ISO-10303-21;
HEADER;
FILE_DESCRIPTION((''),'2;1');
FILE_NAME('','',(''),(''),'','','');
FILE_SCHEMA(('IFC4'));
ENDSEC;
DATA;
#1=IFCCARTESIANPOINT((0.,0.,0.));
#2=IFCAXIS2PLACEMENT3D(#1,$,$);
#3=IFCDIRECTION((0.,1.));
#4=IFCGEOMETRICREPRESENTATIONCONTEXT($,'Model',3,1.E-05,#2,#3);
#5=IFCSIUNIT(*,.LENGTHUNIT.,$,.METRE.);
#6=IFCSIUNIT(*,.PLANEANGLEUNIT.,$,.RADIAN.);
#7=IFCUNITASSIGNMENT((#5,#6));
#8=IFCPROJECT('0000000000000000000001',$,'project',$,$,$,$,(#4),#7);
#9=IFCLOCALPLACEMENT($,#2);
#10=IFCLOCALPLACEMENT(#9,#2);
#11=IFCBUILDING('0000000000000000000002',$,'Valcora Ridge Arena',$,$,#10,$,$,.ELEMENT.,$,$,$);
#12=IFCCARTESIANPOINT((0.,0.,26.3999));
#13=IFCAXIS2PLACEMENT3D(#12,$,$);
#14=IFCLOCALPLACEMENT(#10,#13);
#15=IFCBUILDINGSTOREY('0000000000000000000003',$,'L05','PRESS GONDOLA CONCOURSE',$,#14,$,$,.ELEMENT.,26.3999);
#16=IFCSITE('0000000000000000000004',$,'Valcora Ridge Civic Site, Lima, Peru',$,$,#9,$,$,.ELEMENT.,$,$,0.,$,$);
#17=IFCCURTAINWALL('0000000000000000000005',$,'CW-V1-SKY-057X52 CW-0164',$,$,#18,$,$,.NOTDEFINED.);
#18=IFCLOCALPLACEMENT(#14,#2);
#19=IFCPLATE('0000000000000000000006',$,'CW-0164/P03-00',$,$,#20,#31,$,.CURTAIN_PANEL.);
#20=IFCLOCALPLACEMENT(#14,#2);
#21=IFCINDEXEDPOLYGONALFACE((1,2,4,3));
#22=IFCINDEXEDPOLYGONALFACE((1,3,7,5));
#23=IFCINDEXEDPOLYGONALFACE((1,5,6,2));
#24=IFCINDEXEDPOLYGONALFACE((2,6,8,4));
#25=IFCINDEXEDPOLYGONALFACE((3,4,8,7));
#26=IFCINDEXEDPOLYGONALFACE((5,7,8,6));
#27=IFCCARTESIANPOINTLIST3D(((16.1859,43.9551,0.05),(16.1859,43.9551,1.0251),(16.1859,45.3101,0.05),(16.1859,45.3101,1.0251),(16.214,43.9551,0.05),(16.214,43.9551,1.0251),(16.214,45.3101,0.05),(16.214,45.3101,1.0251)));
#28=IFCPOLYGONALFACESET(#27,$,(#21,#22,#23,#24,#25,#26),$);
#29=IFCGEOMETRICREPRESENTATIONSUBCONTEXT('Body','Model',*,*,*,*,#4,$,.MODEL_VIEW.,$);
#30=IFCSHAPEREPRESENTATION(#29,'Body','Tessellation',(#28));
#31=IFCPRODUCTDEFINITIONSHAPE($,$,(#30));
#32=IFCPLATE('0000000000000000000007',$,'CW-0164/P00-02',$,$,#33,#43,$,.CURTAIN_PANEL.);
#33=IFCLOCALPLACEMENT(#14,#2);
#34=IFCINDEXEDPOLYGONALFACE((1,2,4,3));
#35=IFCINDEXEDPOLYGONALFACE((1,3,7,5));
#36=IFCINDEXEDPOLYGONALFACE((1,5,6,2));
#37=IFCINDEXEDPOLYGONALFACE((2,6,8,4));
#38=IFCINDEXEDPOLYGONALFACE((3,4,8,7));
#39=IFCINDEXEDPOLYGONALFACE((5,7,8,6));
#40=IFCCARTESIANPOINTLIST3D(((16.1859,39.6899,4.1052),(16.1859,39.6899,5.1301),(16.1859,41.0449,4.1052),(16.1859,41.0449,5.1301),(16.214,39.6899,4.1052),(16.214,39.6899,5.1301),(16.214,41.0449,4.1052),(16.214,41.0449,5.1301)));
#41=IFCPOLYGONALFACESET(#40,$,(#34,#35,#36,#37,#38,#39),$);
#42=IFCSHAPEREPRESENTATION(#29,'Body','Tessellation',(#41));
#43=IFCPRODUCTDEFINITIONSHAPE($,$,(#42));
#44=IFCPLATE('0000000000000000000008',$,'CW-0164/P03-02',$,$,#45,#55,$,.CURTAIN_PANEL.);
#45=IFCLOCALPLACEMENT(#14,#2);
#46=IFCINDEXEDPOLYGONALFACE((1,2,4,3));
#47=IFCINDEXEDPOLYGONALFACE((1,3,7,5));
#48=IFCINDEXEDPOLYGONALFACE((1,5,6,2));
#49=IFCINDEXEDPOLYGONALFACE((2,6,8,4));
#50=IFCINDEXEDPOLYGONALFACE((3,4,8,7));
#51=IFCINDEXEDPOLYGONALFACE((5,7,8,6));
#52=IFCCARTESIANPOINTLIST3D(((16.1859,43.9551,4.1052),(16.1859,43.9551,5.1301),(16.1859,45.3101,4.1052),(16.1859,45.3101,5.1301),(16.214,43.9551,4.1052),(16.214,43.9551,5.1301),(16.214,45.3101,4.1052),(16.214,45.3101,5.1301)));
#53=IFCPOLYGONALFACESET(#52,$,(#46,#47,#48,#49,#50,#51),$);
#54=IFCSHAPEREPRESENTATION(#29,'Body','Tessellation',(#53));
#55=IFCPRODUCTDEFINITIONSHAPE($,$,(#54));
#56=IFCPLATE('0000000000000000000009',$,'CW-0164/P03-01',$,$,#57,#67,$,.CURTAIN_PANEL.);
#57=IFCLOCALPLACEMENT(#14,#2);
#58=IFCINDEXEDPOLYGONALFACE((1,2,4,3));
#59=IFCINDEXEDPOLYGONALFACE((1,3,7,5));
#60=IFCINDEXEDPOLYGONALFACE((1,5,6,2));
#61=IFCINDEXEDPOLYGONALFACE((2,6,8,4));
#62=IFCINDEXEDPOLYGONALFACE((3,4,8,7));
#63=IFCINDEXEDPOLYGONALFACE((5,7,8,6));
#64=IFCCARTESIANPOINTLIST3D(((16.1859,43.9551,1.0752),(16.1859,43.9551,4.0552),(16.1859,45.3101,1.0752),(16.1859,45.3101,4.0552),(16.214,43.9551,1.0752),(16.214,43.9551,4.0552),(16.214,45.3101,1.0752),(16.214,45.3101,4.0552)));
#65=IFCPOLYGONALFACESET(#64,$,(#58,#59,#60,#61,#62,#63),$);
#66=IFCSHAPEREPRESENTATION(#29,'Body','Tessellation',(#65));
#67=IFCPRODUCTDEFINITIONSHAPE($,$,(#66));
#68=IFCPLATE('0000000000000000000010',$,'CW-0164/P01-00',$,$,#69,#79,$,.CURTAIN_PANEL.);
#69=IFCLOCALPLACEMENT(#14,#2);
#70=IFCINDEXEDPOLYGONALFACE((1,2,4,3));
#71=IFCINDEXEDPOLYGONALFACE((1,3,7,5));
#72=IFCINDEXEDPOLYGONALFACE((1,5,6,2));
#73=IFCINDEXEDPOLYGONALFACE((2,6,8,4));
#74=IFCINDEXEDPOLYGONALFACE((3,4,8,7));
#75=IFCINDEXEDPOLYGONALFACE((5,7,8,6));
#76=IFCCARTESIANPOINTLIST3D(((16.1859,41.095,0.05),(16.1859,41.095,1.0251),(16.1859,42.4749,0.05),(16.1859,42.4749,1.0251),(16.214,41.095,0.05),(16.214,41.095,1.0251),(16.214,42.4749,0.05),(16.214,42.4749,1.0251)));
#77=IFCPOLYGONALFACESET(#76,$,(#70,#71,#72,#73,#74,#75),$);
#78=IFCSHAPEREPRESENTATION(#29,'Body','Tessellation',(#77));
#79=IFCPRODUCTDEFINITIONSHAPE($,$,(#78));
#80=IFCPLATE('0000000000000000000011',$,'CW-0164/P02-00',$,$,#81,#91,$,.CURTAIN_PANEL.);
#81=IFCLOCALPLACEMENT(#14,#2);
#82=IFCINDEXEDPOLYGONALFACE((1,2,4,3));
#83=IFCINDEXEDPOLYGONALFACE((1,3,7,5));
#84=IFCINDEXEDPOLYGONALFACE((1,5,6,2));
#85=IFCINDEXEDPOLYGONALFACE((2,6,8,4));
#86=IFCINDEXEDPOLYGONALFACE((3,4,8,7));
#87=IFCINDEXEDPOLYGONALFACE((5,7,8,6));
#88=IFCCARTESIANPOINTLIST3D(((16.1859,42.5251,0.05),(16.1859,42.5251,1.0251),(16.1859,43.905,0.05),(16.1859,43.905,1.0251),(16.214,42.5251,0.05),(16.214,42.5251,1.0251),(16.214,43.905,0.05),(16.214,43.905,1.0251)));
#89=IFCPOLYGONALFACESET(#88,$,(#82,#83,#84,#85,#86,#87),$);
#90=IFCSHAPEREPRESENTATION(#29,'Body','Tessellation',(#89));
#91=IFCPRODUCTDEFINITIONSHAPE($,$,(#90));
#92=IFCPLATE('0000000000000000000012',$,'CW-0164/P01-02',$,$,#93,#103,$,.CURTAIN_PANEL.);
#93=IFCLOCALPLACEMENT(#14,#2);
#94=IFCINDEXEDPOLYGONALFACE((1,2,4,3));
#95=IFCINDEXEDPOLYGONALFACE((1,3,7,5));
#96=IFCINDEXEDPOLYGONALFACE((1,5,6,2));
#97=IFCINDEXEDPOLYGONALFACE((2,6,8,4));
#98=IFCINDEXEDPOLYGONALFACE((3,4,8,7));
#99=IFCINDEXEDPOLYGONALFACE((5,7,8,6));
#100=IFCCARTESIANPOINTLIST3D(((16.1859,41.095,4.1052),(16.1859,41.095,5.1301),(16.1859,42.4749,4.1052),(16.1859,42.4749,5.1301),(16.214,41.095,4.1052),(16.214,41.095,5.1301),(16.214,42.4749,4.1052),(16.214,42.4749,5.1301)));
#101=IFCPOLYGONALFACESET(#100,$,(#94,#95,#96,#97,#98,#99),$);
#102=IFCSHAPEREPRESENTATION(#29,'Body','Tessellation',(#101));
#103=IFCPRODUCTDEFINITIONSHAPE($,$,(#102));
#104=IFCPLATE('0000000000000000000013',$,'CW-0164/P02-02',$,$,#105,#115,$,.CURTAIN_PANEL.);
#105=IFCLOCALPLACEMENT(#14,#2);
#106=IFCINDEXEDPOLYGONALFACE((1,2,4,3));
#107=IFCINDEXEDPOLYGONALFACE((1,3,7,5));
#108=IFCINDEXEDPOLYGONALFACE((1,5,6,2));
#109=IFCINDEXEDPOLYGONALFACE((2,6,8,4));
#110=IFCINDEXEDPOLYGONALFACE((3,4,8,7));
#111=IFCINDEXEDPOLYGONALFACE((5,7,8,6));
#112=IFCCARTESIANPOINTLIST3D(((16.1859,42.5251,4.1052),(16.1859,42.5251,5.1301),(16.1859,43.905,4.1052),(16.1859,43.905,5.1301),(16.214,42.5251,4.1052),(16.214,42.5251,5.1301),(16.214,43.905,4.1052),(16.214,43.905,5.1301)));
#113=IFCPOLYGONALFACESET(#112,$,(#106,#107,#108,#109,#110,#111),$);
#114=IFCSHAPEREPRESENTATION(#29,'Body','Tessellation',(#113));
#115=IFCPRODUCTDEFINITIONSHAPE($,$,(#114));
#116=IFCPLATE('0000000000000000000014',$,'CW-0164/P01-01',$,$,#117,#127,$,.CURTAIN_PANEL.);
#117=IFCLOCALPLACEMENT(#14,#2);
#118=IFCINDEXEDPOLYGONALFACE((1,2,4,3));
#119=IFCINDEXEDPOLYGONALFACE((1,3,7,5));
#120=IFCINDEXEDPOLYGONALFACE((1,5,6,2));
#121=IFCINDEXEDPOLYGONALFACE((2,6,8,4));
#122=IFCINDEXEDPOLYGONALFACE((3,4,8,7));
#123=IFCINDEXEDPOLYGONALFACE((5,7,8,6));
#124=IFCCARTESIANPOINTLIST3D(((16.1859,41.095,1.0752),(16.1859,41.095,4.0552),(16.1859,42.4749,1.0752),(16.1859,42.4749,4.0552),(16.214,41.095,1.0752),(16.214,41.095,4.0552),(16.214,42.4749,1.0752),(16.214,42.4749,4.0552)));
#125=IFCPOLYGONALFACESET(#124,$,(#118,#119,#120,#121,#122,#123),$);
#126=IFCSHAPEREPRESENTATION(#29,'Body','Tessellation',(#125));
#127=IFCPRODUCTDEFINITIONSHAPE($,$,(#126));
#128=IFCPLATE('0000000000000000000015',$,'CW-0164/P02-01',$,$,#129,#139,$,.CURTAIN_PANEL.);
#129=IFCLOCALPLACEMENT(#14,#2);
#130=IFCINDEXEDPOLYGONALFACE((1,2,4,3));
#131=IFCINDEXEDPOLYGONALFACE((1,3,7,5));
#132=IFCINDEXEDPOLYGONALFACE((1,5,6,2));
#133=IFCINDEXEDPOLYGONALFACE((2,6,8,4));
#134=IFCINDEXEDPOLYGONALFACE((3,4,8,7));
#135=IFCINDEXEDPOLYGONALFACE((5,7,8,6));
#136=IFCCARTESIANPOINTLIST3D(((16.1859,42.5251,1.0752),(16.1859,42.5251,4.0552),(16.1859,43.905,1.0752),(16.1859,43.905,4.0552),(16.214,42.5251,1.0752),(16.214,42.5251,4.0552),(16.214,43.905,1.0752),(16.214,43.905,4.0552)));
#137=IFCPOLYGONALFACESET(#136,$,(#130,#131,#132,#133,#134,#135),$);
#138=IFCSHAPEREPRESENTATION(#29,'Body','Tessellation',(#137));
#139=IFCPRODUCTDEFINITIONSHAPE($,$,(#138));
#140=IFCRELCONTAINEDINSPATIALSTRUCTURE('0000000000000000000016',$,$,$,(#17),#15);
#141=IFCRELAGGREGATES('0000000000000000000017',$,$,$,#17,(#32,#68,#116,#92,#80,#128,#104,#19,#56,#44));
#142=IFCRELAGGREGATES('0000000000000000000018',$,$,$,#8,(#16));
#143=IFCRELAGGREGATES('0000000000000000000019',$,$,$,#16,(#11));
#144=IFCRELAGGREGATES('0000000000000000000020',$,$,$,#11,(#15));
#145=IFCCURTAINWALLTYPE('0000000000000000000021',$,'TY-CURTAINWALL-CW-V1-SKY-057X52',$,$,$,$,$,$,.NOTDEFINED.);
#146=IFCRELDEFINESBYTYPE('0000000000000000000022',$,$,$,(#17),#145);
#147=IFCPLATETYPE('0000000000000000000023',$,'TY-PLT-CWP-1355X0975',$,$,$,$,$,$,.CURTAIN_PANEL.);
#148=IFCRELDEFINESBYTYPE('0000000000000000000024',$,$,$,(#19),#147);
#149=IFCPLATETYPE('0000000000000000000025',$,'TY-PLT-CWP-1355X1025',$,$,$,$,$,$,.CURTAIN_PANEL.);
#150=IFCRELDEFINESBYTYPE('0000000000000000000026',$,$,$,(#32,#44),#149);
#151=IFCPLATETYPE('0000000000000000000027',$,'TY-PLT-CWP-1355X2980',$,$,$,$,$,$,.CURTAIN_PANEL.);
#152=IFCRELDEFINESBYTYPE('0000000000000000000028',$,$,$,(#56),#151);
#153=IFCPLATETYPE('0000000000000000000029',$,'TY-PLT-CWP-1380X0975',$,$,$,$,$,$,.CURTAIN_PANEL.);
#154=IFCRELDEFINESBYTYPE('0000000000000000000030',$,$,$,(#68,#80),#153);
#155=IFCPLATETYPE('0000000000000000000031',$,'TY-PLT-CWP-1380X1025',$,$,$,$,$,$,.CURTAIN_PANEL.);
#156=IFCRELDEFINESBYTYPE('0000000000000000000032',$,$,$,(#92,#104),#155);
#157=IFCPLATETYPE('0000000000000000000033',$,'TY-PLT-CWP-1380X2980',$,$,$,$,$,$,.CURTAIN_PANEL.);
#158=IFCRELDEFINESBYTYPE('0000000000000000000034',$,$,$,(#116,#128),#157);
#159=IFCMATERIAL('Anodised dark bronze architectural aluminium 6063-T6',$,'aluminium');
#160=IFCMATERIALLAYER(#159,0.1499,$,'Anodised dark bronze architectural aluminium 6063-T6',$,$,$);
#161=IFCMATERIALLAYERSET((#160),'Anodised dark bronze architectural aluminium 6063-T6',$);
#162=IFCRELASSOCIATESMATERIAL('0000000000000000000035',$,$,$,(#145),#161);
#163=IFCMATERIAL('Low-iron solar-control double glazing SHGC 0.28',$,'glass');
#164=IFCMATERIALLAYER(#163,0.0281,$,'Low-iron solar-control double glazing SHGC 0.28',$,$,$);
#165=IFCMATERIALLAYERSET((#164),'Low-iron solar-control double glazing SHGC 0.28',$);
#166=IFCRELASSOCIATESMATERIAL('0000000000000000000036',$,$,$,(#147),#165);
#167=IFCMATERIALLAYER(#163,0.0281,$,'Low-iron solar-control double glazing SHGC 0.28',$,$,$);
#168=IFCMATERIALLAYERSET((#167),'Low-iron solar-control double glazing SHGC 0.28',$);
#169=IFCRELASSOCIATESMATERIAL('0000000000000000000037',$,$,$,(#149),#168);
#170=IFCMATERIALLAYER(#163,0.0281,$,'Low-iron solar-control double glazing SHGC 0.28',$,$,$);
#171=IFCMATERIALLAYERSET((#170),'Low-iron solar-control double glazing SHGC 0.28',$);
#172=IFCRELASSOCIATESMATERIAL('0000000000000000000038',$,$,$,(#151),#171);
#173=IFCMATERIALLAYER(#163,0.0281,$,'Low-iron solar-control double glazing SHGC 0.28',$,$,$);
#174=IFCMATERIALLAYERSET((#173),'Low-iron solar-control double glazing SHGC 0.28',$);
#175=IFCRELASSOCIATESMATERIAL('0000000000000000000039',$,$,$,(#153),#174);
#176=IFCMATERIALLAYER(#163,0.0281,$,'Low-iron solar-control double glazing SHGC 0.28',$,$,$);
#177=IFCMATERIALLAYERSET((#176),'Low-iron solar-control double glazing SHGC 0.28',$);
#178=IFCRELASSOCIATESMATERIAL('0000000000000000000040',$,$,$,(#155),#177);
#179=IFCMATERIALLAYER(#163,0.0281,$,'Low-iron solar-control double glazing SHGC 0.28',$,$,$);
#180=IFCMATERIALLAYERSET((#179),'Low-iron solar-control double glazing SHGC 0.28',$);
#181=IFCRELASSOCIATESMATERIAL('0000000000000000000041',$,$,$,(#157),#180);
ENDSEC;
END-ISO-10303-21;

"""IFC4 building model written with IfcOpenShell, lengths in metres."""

from ifc_helpers import new_model, si_unit, direction, frame, origin, origin_2d, place, context, subcontext, project, spatial, rectangle, extrude, material, layer, layer_set, type_object, element, aggregate, save


model = new_model("IFC4")

# Units and contexts
model_context = context("Model", 3, precision=1e-05, world=origin(), true_north=direction((0.0, 1.0)))
body_context = subcontext(model_context, "Body", "Model", "MODEL_VIEW")
ifc_project = project(units=[si_unit("LENGTHUNIT", "METRE"), si_unit("PLANEANGLEUNIT", "RADIAN")], contexts=[model_context])

# Site, building, storey
site_placement = place(None, origin())
site = spatial("IfcSite", under=ifc_project, at=site_placement, Name="Valcora Ridge Civic Site, Lima, Peru", CompositionType="ELEMENT", RefElevation=0.0)
building_placement = place(site_placement, origin())
building = spatial("IfcBuilding", under=site, at=building_placement, Name="Valcora Ridge Arena", CompositionType="ELEMENT")
storey_placement = place(building_placement, frame((0.0, 0.0, 26.3999)))
storey = spatial("IfcBuildingStorey", under=building, at=storey_placement, Name="L05", Description="PRESS GONDOLA CONCOURSE", CompositionType="ELEMENT", Elevation=26.3999)

# Curtain wall, plates
ifc_material_1 = material(Name="Anodised dark bronze architectural aluminium 6063-T6", Category="aluminium")
ifc_layer_1 = layer(ifc_material_1, 0.1499, Name="Anodised dark bronze architectural aluminium 6063-T6")
ifc_layer_set_1 = layer_set([ifc_layer_1], Name="Anodised dark bronze architectural aluminium 6063-T6")
curtain_wall_type = type_object("IfcCurtainWallType", Name="TY-CURTAINWALL-CW-V1-SKY-057X52", PredefinedType="NOTDEFINED", material=ifc_layer_set_1)
curtain_wall_placement = place(storey_placement, origin())
curtain_wall = element("IfcCurtainWall", 1, at=curtain_wall_placement, inside=storey, type_object=curtain_wall_type, Name="CW-V1-SKY-057X52 CW-0164", PredefinedType="NOTDEFINED")
ifc_material_2 = material(Name="Low-iron solar-control double glazing SHGC 0.28", Category="glass")
ifc_layer_2 = layer(ifc_material_2, 0.0281, Name="Low-iron solar-control double glazing SHGC 0.28")
ifc_layer_set_2 = layer_set([ifc_layer_2], Name="Low-iron solar-control double glazing SHGC 0.28")
plate_type_1 = type_object("IfcPlateType", Name="TY-PLT-CWP-1355X0975", PredefinedType="CURTAIN_PANEL", material=ifc_layer_set_2)
plate_1_placement = place(storey_placement, frame((16.2, 44.6326, 0.05), z_axis=(0.0, 0.0, 1.0), x_axis=(0.0, 1.0, 0.0)))
plate_1 = element("IfcPlate", 2, at=plate_1_placement, type_object=plate_type_1, Name="CW-0164/P03-00", PredefinedType="CURTAIN_PANEL", context=body_context, shape_type="SweptSolid", body=[
    extrude(rectangle(XDim=1.355, YDim=0.0281, at=origin_2d()), origin(), (0.0, 0.0, 1.0), 0.9751),
])
ifc_layer_3 = layer(ifc_material_2, 0.0281, Name="Low-iron solar-control double glazing SHGC 0.28")
ifc_layer_set_3 = layer_set([ifc_layer_3], Name="Low-iron solar-control double glazing SHGC 0.28")
plate_type_2 = type_object("IfcPlateType", Name="TY-PLT-CWP-1355X1025", PredefinedType="CURTAIN_PANEL", material=ifc_layer_set_3)
plate_2_placement = place(storey_placement, frame((16.2, 40.3674, 4.1052), z_axis=(0.0, 0.0, 1.0), x_axis=(0.0, 1.0, 0.0)))
plate_2 = element("IfcPlate", 3, at=plate_2_placement, type_object=plate_type_2, Name="CW-0164/P00-02", PredefinedType="CURTAIN_PANEL", context=body_context, shape_type="SweptSolid", body=[
    extrude(rectangle(XDim=1.355, YDim=0.0281, at=origin_2d()), origin(), (0.0, 0.0, 1.0), 1.0249),
])
plate_3_placement = place(storey_placement, frame((16.2, 44.6326, 4.1052), z_axis=(0.0, 0.0, 1.0), x_axis=(0.0, 1.0, 0.0)))
plate_3 = element("IfcPlate", 4, at=plate_3_placement, type_object=plate_type_2, Name="CW-0164/P03-02", PredefinedType="CURTAIN_PANEL", context=body_context, shape_type="SweptSolid", body=[
    extrude(rectangle(XDim=1.355, YDim=0.0281, at=origin_2d()), origin(), (0.0, 0.0, 1.0), 1.0249),
])
ifc_layer_4 = layer(ifc_material_2, 0.0281, Name="Low-iron solar-control double glazing SHGC 0.28")
ifc_layer_set_4 = layer_set([ifc_layer_4], Name="Low-iron solar-control double glazing SHGC 0.28")
plate_type_3 = type_object("IfcPlateType", Name="TY-PLT-CWP-1355X2980", PredefinedType="CURTAIN_PANEL", material=ifc_layer_set_4)
plate_4_placement = place(storey_placement, frame((16.2, 44.6326, 1.0752), z_axis=(0.0, 0.0, 1.0), x_axis=(0.0, 1.0, 0.0)))
plate_4 = element("IfcPlate", 5, at=plate_4_placement, type_object=plate_type_3, Name="CW-0164/P03-01", PredefinedType="CURTAIN_PANEL", context=body_context, shape_type="SweptSolid", body=[
    extrude(rectangle(XDim=1.355, YDim=0.0281, at=origin_2d()), origin(), (0.0, 0.0, 1.0), 2.98),
])
ifc_layer_5 = layer(ifc_material_2, 0.0281, Name="Low-iron solar-control double glazing SHGC 0.28")
ifc_layer_set_5 = layer_set([ifc_layer_5], Name="Low-iron solar-control double glazing SHGC 0.28")
plate_type_4 = type_object("IfcPlateType", Name="TY-PLT-CWP-1380X0975", PredefinedType="CURTAIN_PANEL", material=ifc_layer_set_5)
plate_5_placement = place(storey_placement, frame((16.2, 41.7849, 0.05), z_axis=(0.0, 0.0, 1.0), x_axis=(0.0, 1.0, 0.0)))
plate_5 = element("IfcPlate", 6, at=plate_5_placement, type_object=plate_type_4, Name="CW-0164/P01-00", PredefinedType="CURTAIN_PANEL", context=body_context, shape_type="SweptSolid", body=[
    extrude(rectangle(XDim=1.3799, YDim=0.0281, at=origin_2d()), origin(), (0.0, 0.0, 1.0), 0.9751),
])
plate_6_placement = place(storey_placement, frame((16.2, 43.2151, 0.05), z_axis=(0.0, 0.0, 1.0), x_axis=(0.0, 1.0, 0.0)))
plate_6 = element("IfcPlate", 7, at=plate_6_placement, type_object=plate_type_4, Name="CW-0164/P02-00", PredefinedType="CURTAIN_PANEL", context=body_context, shape_type="SweptSolid", body=[
    extrude(rectangle(XDim=1.3799, YDim=0.0281, at=origin_2d()), origin(), (0.0, 0.0, 1.0), 0.9751),
])
ifc_layer_6 = layer(ifc_material_2, 0.0281, Name="Low-iron solar-control double glazing SHGC 0.28")
ifc_layer_set_6 = layer_set([ifc_layer_6], Name="Low-iron solar-control double glazing SHGC 0.28")
plate_type_5 = type_object("IfcPlateType", Name="TY-PLT-CWP-1380X1025", PredefinedType="CURTAIN_PANEL", material=ifc_layer_set_6)
plate_7_placement = place(storey_placement, frame((16.2, 41.7849, 4.1052), z_axis=(0.0, 0.0, 1.0), x_axis=(0.0, 1.0, 0.0)))
plate_7 = element("IfcPlate", 8, at=plate_7_placement, type_object=plate_type_5, Name="CW-0164/P01-02", PredefinedType="CURTAIN_PANEL", context=body_context, shape_type="SweptSolid", body=[
    extrude(rectangle(XDim=1.3799, YDim=0.0281, at=origin_2d()), origin(), (0.0, 0.0, 1.0), 1.0249),
])
plate_8_placement = place(storey_placement, frame((16.2, 43.2151, 4.1052), z_axis=(0.0, 0.0, 1.0), x_axis=(0.0, 1.0, 0.0)))
plate_8 = element("IfcPlate", 9, at=plate_8_placement, type_object=plate_type_5, Name="CW-0164/P02-02", PredefinedType="CURTAIN_PANEL", context=body_context, shape_type="SweptSolid", body=[
    extrude(rectangle(XDim=1.3799, YDim=0.0281, at=origin_2d()), origin(), (0.0, 0.0, 1.0), 1.0249),
])
ifc_layer_7 = layer(ifc_material_2, 0.0281, Name="Low-iron solar-control double glazing SHGC 0.28")
ifc_layer_set_7 = layer_set([ifc_layer_7], Name="Low-iron solar-control double glazing SHGC 0.28")
plate_type_6 = type_object("IfcPlateType", Name="TY-PLT-CWP-1380X2980", PredefinedType="CURTAIN_PANEL", material=ifc_layer_set_7)
plate_9_placement = place(storey_placement, frame((16.2, 41.7849, 1.0752), z_axis=(0.0, 0.0, 1.0), x_axis=(0.0, 1.0, 0.0)))
plate_9 = element("IfcPlate", 10, at=plate_9_placement, type_object=plate_type_6, Name="CW-0164/P01-01", PredefinedType="CURTAIN_PANEL", context=body_context, shape_type="SweptSolid", body=[
    extrude(rectangle(XDim=1.3799, YDim=0.0281, at=origin_2d()), origin(), (0.0, 0.0, 1.0), 2.98),
])
plate_10_placement = place(storey_placement, frame((16.2, 43.2151, 1.0752), z_axis=(0.0, 0.0, 1.0), x_axis=(0.0, 1.0, 0.0)))
plate_10 = element("IfcPlate", 11, at=plate_10_placement, type_object=plate_type_6, Name="CW-0164/P02-01", PredefinedType="CURTAIN_PANEL", context=body_context, shape_type="SweptSolid", body=[
    extrude(rectangle(XDim=1.3799, YDim=0.0281, at=origin_2d()), origin(), (0.0, 0.0, 1.0), 2.98),
])
aggregate(curtain_wall, [plate_2, plate_5, plate_9, plate_7, plate_6, plate_10, plate_8, plate_1, plate_4, plate_3])

save(model, "model.ifc")
